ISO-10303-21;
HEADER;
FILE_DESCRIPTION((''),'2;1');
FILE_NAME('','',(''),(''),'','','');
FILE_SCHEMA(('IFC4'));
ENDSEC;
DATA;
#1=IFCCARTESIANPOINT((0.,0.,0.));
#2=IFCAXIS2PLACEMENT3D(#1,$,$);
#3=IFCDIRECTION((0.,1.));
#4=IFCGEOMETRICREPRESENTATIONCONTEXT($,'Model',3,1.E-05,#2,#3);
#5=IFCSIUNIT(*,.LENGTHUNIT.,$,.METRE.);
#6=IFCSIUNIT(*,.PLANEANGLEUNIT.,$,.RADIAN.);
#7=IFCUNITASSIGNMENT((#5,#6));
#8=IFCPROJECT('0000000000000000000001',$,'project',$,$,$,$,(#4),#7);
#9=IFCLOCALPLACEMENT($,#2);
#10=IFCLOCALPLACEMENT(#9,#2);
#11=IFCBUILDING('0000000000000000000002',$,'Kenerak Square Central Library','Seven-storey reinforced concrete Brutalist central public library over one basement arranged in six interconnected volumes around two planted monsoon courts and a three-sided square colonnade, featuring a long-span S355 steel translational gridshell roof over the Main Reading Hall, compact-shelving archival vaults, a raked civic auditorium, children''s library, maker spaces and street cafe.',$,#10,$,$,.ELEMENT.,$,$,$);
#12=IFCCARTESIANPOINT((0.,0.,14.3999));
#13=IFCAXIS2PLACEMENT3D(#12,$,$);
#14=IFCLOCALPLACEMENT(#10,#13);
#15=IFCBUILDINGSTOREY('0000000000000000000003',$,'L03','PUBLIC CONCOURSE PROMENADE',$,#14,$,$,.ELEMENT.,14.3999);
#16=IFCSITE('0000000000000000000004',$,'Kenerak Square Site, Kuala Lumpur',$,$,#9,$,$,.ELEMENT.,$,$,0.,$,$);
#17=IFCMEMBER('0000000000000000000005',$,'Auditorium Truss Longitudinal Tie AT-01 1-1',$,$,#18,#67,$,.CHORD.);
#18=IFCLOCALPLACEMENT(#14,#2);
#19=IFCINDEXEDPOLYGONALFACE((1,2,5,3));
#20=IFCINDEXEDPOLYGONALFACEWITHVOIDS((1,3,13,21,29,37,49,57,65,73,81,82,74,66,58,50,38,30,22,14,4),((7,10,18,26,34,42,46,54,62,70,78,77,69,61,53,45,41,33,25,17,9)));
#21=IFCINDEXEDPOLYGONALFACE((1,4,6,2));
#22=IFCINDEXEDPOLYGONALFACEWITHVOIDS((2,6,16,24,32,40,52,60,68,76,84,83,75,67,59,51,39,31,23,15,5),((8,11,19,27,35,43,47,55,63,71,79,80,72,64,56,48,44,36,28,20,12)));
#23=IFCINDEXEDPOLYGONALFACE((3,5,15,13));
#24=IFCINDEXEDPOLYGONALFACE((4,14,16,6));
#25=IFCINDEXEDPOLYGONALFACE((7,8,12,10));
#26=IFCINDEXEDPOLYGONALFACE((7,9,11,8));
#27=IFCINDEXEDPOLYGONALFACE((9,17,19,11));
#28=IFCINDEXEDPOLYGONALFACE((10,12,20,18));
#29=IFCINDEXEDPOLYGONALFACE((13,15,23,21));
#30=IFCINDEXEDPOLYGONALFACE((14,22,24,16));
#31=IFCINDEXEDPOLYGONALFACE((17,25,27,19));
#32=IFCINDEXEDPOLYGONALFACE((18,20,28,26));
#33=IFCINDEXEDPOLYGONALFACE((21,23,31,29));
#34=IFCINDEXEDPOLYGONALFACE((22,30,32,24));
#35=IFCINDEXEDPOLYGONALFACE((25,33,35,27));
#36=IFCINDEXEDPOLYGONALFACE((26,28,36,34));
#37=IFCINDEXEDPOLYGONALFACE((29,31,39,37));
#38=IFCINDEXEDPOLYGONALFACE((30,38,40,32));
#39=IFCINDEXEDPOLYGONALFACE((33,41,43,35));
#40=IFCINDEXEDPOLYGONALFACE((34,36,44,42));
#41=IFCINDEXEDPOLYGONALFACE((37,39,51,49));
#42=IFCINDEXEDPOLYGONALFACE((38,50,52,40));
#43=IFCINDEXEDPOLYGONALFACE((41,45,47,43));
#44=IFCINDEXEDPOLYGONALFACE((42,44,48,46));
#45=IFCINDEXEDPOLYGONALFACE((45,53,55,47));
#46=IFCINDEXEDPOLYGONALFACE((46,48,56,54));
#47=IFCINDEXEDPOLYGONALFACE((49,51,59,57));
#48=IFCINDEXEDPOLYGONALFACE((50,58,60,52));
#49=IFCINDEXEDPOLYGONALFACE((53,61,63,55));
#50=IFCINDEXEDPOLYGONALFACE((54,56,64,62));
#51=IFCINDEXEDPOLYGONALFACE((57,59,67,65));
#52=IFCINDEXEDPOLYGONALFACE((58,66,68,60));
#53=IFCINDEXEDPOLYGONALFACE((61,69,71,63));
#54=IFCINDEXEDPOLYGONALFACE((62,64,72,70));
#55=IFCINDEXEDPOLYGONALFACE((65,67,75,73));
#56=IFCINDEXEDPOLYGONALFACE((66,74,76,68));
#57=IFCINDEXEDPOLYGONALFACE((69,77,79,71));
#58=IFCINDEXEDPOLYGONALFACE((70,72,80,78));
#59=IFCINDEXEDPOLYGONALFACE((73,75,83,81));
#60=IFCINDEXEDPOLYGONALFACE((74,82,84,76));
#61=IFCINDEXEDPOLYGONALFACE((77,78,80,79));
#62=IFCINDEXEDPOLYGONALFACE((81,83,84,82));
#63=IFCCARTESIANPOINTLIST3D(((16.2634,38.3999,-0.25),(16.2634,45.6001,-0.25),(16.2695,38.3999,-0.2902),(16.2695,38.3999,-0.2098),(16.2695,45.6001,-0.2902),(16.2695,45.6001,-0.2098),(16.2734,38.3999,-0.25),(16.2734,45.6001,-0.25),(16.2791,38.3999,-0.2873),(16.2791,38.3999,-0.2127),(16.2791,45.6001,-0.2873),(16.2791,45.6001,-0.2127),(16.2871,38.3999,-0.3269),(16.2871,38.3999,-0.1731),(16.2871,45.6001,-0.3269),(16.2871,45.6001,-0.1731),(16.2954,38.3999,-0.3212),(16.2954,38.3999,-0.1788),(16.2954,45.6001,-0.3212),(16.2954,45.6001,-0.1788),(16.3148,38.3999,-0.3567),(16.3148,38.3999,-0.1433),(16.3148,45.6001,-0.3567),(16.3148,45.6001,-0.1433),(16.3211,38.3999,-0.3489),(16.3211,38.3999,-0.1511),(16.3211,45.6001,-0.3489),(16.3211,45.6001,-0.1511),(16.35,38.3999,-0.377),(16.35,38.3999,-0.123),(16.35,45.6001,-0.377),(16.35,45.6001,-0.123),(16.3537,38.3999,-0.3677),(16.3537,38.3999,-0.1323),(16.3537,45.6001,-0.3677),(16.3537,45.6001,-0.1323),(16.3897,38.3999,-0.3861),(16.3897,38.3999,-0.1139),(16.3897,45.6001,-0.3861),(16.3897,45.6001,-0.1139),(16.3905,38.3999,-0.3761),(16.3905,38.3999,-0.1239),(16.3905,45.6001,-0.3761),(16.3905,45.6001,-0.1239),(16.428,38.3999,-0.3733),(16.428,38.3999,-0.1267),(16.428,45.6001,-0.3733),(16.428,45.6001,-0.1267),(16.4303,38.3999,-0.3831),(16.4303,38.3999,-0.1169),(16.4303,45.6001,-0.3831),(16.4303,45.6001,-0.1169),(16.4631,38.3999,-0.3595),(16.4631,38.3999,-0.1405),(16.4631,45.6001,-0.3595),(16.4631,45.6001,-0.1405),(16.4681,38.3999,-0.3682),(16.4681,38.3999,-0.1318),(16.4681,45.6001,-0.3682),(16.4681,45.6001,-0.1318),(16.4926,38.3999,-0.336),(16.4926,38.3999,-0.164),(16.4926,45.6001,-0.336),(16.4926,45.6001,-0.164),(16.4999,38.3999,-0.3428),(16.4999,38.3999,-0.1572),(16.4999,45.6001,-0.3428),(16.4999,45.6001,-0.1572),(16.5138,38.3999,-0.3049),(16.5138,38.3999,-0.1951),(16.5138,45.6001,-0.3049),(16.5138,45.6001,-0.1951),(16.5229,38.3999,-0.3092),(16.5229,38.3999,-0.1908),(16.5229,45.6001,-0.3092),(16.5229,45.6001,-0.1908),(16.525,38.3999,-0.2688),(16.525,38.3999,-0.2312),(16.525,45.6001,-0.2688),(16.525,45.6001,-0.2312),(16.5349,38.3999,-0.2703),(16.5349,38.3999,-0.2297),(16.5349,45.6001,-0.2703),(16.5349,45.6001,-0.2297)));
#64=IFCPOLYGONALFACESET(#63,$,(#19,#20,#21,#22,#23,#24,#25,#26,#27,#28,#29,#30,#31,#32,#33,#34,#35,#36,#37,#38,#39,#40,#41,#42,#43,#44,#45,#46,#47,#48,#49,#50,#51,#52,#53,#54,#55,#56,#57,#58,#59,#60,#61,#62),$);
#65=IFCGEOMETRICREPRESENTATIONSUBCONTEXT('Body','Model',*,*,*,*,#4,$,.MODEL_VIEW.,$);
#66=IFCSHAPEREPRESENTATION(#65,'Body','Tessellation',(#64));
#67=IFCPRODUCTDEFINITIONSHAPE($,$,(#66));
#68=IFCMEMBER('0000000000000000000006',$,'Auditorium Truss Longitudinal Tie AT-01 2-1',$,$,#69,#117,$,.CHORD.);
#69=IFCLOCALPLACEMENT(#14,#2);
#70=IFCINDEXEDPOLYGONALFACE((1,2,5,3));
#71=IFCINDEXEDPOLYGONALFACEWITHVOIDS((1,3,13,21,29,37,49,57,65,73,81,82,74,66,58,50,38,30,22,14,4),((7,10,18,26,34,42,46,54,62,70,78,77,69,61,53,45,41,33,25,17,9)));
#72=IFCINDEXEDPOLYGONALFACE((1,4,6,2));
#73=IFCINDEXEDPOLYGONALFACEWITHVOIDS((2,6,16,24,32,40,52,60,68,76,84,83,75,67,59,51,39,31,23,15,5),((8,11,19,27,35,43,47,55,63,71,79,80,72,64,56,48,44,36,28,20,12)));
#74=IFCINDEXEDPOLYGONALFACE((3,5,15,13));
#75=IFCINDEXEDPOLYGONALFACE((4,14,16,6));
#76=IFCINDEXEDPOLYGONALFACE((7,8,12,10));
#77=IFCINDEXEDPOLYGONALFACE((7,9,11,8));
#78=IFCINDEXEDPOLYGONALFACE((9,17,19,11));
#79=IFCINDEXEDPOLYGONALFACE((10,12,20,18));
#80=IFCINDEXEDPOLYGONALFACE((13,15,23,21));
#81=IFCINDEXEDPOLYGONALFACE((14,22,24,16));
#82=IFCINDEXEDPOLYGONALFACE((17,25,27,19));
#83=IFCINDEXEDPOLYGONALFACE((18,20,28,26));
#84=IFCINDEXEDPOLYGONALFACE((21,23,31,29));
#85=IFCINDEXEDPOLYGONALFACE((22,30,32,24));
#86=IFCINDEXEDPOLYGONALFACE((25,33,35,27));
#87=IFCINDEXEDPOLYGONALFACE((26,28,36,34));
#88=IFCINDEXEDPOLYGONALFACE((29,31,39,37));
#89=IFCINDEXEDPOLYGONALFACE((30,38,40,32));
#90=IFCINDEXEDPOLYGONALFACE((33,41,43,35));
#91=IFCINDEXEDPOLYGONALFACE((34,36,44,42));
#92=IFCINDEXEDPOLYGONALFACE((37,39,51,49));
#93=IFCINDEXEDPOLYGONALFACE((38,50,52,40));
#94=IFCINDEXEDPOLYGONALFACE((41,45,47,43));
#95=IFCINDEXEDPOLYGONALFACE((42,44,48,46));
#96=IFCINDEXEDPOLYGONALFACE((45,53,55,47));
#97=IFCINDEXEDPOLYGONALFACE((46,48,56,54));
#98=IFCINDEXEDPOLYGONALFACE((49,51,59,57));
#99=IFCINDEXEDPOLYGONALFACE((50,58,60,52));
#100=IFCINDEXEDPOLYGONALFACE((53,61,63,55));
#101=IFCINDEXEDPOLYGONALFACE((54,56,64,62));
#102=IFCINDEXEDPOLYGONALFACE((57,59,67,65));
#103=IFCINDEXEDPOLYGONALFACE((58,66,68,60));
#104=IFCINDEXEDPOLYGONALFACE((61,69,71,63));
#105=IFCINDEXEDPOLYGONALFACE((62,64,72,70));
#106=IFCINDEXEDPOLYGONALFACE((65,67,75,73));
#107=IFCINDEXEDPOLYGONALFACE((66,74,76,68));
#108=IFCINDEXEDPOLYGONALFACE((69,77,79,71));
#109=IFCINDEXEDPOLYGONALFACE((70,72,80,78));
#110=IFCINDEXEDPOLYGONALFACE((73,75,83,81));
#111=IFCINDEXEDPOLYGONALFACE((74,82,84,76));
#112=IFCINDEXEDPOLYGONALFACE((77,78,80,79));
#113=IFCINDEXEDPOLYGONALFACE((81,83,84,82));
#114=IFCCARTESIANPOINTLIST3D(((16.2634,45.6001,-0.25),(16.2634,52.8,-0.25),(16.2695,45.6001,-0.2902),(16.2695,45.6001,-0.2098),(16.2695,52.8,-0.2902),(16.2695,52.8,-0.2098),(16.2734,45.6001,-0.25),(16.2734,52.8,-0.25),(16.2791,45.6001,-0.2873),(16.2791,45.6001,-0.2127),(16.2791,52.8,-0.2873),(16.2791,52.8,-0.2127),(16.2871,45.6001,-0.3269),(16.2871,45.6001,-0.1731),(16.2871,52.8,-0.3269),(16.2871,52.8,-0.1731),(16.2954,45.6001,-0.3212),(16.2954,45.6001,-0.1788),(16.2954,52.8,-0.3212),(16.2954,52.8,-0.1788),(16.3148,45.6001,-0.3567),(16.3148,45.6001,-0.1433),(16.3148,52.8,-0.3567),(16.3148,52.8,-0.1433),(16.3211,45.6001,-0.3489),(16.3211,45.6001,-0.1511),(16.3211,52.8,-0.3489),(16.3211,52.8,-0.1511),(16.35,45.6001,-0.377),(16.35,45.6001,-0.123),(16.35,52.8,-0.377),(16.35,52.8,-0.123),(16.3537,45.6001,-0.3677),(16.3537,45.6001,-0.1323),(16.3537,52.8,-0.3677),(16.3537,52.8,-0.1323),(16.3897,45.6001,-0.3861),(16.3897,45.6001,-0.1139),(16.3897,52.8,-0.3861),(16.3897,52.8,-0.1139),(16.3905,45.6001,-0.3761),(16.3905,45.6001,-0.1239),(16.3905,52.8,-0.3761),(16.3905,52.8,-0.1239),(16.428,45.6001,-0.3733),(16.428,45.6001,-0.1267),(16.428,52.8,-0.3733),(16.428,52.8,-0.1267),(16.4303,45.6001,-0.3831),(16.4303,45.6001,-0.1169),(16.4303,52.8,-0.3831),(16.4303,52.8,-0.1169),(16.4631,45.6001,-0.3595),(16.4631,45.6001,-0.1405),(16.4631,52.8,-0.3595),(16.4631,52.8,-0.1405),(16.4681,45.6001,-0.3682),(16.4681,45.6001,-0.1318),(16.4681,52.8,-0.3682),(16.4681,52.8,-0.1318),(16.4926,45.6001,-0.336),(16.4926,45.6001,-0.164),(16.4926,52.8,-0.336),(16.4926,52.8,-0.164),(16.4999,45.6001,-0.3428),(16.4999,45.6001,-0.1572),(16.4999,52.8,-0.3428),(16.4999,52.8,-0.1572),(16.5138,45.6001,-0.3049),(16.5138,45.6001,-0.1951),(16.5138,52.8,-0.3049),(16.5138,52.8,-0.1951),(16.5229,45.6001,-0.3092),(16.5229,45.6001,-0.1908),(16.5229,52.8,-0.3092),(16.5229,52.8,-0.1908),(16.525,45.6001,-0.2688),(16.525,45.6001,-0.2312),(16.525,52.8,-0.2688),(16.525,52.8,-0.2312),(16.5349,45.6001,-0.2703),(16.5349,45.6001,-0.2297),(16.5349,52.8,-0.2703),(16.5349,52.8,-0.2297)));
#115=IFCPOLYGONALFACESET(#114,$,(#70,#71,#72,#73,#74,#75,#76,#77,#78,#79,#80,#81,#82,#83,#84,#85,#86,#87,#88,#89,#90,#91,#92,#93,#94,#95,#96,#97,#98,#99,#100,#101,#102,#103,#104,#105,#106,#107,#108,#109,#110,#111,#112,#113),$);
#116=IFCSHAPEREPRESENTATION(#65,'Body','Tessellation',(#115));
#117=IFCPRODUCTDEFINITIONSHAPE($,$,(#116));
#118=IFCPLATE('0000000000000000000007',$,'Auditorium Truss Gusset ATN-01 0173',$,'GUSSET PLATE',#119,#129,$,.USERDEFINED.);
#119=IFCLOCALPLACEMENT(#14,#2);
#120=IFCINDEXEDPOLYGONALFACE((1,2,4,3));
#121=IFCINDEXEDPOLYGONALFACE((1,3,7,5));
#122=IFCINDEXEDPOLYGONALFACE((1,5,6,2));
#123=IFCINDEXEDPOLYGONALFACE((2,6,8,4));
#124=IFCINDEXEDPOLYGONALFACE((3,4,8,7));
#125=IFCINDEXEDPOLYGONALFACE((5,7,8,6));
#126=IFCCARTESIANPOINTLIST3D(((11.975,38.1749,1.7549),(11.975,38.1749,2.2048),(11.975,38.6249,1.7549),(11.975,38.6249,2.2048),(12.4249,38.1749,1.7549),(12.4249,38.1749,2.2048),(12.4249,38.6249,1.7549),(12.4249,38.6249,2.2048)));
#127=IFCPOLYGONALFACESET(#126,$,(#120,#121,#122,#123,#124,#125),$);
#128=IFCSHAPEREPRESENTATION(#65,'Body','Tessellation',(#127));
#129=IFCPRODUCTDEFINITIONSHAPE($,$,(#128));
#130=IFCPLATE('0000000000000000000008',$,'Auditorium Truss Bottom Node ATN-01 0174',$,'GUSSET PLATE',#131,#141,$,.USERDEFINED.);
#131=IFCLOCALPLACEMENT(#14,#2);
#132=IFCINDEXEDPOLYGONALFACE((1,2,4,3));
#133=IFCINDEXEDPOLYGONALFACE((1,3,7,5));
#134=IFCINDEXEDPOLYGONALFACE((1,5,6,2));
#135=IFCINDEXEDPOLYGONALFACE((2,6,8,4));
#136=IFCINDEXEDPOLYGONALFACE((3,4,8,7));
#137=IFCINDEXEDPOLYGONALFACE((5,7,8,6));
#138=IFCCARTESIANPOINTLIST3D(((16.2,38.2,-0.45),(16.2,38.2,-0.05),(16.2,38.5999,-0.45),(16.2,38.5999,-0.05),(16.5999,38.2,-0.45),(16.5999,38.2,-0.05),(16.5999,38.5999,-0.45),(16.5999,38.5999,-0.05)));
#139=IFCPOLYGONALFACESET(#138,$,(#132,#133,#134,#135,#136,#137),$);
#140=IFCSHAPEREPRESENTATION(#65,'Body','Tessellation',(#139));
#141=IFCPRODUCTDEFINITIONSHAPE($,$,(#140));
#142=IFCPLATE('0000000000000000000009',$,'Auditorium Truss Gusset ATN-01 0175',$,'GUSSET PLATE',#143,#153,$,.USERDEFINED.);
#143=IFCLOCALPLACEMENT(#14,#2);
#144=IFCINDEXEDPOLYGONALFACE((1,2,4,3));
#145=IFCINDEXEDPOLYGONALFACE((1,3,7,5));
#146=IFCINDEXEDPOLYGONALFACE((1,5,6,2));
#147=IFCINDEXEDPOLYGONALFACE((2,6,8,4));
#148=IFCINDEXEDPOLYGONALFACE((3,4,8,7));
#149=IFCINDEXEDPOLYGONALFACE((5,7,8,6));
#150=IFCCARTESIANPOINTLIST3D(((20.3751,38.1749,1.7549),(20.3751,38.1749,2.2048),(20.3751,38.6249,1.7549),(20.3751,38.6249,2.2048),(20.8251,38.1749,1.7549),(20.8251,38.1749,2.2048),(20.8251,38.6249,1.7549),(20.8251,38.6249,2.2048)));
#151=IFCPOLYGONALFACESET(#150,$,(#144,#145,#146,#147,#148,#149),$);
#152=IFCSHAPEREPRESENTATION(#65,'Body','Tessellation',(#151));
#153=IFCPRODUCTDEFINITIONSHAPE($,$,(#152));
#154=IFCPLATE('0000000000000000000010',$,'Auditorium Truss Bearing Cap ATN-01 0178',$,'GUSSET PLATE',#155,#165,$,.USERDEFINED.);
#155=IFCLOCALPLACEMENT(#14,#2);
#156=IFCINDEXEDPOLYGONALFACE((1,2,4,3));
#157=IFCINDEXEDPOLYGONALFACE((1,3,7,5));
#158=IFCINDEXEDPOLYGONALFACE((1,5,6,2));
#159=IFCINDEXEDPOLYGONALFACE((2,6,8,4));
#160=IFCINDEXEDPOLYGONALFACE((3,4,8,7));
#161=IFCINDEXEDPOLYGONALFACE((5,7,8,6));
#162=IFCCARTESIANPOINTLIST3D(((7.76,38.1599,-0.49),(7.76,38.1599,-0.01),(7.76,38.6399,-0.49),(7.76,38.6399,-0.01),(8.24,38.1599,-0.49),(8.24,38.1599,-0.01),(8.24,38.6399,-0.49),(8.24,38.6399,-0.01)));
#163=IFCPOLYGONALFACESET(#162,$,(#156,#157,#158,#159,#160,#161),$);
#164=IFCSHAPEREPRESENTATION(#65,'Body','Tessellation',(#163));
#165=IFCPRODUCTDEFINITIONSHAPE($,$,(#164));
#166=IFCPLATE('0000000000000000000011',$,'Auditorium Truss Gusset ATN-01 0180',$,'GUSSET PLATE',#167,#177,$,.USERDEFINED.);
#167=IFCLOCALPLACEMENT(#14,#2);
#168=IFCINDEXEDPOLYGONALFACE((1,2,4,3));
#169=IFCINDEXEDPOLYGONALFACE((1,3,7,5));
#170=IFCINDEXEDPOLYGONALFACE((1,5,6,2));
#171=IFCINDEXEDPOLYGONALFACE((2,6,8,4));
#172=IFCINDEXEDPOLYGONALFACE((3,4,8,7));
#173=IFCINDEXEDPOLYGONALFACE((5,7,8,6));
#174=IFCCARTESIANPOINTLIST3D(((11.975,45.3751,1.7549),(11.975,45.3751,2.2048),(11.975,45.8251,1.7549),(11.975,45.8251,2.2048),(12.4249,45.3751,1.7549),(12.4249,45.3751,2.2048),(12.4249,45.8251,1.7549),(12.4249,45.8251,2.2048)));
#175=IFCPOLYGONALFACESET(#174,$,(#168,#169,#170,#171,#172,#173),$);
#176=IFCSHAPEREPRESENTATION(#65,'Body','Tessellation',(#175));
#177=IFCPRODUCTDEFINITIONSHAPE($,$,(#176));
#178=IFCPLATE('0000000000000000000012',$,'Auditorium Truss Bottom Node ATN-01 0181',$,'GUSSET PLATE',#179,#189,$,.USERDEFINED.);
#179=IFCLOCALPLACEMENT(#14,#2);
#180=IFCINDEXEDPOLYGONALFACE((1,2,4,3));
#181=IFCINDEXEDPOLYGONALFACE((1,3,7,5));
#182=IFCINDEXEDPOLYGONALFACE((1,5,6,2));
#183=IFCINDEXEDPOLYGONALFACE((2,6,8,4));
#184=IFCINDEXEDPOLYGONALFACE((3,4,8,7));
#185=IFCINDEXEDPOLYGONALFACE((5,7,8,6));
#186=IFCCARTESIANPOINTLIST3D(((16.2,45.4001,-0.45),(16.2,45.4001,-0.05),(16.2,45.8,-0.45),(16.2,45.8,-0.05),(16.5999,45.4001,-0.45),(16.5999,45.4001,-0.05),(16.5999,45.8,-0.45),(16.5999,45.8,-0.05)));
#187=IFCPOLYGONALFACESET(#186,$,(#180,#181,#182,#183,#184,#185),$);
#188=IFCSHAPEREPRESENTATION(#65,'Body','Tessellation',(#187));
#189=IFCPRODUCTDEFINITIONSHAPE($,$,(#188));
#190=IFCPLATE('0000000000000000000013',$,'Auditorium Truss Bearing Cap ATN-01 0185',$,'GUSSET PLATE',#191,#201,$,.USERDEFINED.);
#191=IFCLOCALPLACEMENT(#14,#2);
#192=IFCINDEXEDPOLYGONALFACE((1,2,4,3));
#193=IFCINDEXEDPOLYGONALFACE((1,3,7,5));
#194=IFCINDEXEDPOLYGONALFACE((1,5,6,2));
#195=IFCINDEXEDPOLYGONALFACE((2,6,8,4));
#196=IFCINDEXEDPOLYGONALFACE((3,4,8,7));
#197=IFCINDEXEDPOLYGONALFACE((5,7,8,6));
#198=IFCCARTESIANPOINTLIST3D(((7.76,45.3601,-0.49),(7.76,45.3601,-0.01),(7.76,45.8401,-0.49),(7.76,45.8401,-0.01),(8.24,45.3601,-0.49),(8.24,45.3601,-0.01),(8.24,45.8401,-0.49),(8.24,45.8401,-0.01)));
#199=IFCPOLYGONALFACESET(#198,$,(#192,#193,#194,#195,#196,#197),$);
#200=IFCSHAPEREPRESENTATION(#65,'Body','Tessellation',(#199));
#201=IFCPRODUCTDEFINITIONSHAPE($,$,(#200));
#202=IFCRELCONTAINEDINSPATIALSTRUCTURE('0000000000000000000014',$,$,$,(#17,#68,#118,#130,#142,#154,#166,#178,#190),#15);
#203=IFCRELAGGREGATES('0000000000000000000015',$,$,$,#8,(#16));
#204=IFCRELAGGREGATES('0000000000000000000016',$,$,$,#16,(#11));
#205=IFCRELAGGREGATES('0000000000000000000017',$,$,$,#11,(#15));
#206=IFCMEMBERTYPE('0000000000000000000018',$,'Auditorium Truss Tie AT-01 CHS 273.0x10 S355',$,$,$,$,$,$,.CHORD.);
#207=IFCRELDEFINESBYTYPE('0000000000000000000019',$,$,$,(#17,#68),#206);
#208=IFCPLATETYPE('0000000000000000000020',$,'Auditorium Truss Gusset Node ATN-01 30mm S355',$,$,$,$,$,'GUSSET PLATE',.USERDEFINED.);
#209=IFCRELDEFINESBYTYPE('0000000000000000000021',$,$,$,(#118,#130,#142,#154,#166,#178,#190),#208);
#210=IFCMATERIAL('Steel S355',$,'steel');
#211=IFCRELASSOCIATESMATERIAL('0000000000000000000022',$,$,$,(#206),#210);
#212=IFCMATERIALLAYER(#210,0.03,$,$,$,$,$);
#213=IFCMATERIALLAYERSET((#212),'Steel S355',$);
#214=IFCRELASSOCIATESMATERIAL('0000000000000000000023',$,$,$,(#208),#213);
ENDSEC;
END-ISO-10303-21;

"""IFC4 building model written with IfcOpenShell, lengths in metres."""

from ifc_helpers import new_model, si_unit, direction, frame, origin, origin_2d, place, context, subcontext, project, spatial, rectangle, hollow_circle, extrude, material, layer, layer_set, material_profile, profile_set, type_object, element, save


model = new_model("IFC4")

# Units and contexts
model_context = context("Model", 3, precision=1e-05, world=origin(), true_north=direction((0.0, 1.0)))
body_context = subcontext(model_context, "Body", "Model", "MODEL_VIEW")
ifc_project = project(units=[si_unit("LENGTHUNIT", "METRE"), si_unit("PLANEANGLEUNIT", "RADIAN")], contexts=[model_context])

# Site, building, storey
site_placement = place(None, origin())
site = spatial("IfcSite", under=ifc_project, at=site_placement, Name="Kenerak Square Site, Kuala Lumpur", CompositionType="ELEMENT", RefElevation=0.0)
building_placement = place(site_placement, origin())
building = spatial("IfcBuilding", under=site, at=building_placement, Name="Kenerak Square Central Library", Description="Seven-storey reinforced concrete Brutalist central public library over one basement arranged in six interconnected volumes around two planted monsoon courts and a three-sided square colonnade, featuring a long-span S355 steel translational gridshell roof over the Main Reading Hall, compact-shelving archival vaults, a raked civic auditorium, children's library, maker spaces and street cafe.", CompositionType="ELEMENT")
storey_placement = place(building_placement, frame((0.0, 0.0, 14.3999)))
storey = spatial("IfcBuildingStorey", under=building, at=storey_placement, Name="L03", Description="PUBLIC CONCOURSE PROMENADE", CompositionType="ELEMENT", Elevation=14.3999)

# Shared definitions
ifc_material_1 = material(Name="Steel S355", Category="steel")

# Members
ifc_material_profile_1 = material_profile(ifc_material_1, hollow_circle(Radius=0.1365, WallThickness=0.01, at=origin_2d()), Name="CHS 273.0x10.0")
ifc_profile_set_1 = profile_set([ifc_material_profile_1], Name="Steel S355")
member_type_1 = type_object("IfcMemberType", Name="Auditorium Truss Tie AT-01 CHS 273.0x10 S355", PredefinedType="CHORD", material=ifc_profile_set_1)
member_1_placement = place(storey_placement, frame((16.3999, 38.3999, -0.25), z_axis=(0.0, 1.0, 0.0), x_axis=(-1.0, 0.0, 0.0)))
element("IfcMember", 1, at=member_1_placement, inside=storey, type_object=member_type_1, Name="Auditorium Truss Longitudinal Tie AT-01 1-1", PredefinedType="CHORD", context=body_context, shape_type="SweptSolid", body=[
    extrude(hollow_circle(Radius=0.1365, WallThickness=0.01, at=origin_2d()), origin(), (0.0, 0.0, 1.0), 7.2002),
])
member_2_placement = place(storey_placement, frame((16.3999, 45.6001, -0.25), z_axis=(0.0, 1.0, 0.0), x_axis=(-1.0, 0.0, 0.0)))
element("IfcMember", 2, at=member_2_placement, inside=storey, type_object=member_type_1, Name="Auditorium Truss Longitudinal Tie AT-01 2-1", PredefinedType="CHORD", context=body_context, shape_type="SweptSolid", body=[
    extrude(hollow_circle(Radius=0.1365, WallThickness=0.01, at=origin_2d()), origin(), (0.0, 0.0, 1.0), 7.2),
])

# Plates
ifc_layer_1 = layer(ifc_material_1, 0.03)
ifc_layer_set_1 = layer_set([ifc_layer_1], Name="Steel S355")
plate_type = type_object("IfcPlateType", Name="Auditorium Truss Gusset Node ATN-01 30mm S355", ElementType="GUSSET PLATE", PredefinedType="USERDEFINED", material=ifc_layer_set_1)
plate_1_placement = place(storey_placement, frame((12.2, 38.3999, 1.7549), z_axis=(0.0, 0.0, 1.0), x_axis=(1.0, 0.0, 0.0)))
element("IfcPlate", 3, at=plate_1_placement, inside=storey, type_object=plate_type, Name="Auditorium Truss Gusset ATN-01 0173", ObjectType="GUSSET PLATE", PredefinedType="USERDEFINED", context=body_context, shape_type="SweptSolid", body=[
    extrude(rectangle(XDim=0.45, YDim=0.45, at=origin_2d()), origin(), (0.0, 0.0, 1.0), 0.45),
])
plate_2_placement = place(storey_placement, frame((16.3999, 38.3999, -0.45), z_axis=(0.0, 0.0, 1.0), x_axis=(1.0, 0.0, 0.0)))
element("IfcPlate", 4, at=plate_2_placement, inside=storey, type_object=plate_type, Name="Auditorium Truss Bottom Node ATN-01 0174", ObjectType="GUSSET PLATE", PredefinedType="USERDEFINED", context=body_context, shape_type="SweptSolid", body=[
    extrude(rectangle(XDim=0.3999, YDim=0.3999, at=origin_2d()), origin(), (0.0, 0.0, 1.0), 0.3999),
])
plate_3_placement = place(storey_placement, frame((20.6001, 38.3999, 1.7549), z_axis=(0.0, 0.0, 1.0), x_axis=(1.0, 0.0, 0.0)))
element("IfcPlate", 5, at=plate_3_placement, inside=storey, type_object=plate_type, Name="Auditorium Truss Gusset ATN-01 0175", ObjectType="GUSSET PLATE", PredefinedType="USERDEFINED", context=body_context, shape_type="SweptSolid", body=[
    extrude(rectangle(XDim=0.45, YDim=0.45, at=origin_2d()), origin(), (0.0, 0.0, 1.0), 0.45),
])
plate_4_placement = place(storey_placement, frame((8.0, 38.3999, -0.49), z_axis=(0.0, 0.0, 1.0), x_axis=(1.0, 0.0, 0.0)))
element("IfcPlate", 6, at=plate_4_placement, inside=storey, type_object=plate_type, Name="Auditorium Truss Bearing Cap ATN-01 0178", ObjectType="GUSSET PLATE", PredefinedType="USERDEFINED", context=body_context, shape_type="SweptSolid", body=[
    extrude(rectangle(XDim=0.48, YDim=0.48, at=origin_2d()), origin(), (0.0, 0.0, 1.0), 0.48),
])
plate_5_placement = place(storey_placement, frame((12.2, 45.6001, 1.7549), z_axis=(0.0, 0.0, 1.0), x_axis=(1.0, 0.0, 0.0)))
element("IfcPlate", 7, at=plate_5_placement, inside=storey, type_object=plate_type, Name="Auditorium Truss Gusset ATN-01 0180", ObjectType="GUSSET PLATE", PredefinedType="USERDEFINED", context=body_context, shape_type="SweptSolid", body=[
    extrude(rectangle(XDim=0.45, YDim=0.45, at=origin_2d()), origin(), (0.0, 0.0, 1.0), 0.45),
])
plate_6_placement = place(storey_placement, frame((16.3999, 45.6001, -0.45), z_axis=(0.0, 0.0, 1.0), x_axis=(1.0, 0.0, 0.0)))
element("IfcPlate", 8, at=plate_6_placement, inside=storey, type_object=plate_type, Name="Auditorium Truss Bottom Node ATN-01 0181", ObjectType="GUSSET PLATE", PredefinedType="USERDEFINED", context=body_context, shape_type="SweptSolid", body=[
    extrude(rectangle(XDim=0.3999, YDim=0.3999, at=origin_2d()), origin(), (0.0, 0.0, 1.0), 0.3999),
])
plate_7_placement = place(storey_placement, frame((8.0, 45.6001, -0.49), z_axis=(0.0, 0.0, 1.0), x_axis=(1.0, 0.0, 0.0)))
element("IfcPlate", 9, at=plate_7_placement, inside=storey, type_object=plate_type, Name="Auditorium Truss Bearing Cap ATN-01 0185", ObjectType="GUSSET PLATE", PredefinedType="USERDEFINED", context=body_context, shape_type="SweptSolid", body=[
    extrude(rectangle(XDim=0.48, YDim=0.48, at=origin_2d()), origin(), (0.0, 0.0, 1.0), 0.48),
])

save(model, "model.ifc")
